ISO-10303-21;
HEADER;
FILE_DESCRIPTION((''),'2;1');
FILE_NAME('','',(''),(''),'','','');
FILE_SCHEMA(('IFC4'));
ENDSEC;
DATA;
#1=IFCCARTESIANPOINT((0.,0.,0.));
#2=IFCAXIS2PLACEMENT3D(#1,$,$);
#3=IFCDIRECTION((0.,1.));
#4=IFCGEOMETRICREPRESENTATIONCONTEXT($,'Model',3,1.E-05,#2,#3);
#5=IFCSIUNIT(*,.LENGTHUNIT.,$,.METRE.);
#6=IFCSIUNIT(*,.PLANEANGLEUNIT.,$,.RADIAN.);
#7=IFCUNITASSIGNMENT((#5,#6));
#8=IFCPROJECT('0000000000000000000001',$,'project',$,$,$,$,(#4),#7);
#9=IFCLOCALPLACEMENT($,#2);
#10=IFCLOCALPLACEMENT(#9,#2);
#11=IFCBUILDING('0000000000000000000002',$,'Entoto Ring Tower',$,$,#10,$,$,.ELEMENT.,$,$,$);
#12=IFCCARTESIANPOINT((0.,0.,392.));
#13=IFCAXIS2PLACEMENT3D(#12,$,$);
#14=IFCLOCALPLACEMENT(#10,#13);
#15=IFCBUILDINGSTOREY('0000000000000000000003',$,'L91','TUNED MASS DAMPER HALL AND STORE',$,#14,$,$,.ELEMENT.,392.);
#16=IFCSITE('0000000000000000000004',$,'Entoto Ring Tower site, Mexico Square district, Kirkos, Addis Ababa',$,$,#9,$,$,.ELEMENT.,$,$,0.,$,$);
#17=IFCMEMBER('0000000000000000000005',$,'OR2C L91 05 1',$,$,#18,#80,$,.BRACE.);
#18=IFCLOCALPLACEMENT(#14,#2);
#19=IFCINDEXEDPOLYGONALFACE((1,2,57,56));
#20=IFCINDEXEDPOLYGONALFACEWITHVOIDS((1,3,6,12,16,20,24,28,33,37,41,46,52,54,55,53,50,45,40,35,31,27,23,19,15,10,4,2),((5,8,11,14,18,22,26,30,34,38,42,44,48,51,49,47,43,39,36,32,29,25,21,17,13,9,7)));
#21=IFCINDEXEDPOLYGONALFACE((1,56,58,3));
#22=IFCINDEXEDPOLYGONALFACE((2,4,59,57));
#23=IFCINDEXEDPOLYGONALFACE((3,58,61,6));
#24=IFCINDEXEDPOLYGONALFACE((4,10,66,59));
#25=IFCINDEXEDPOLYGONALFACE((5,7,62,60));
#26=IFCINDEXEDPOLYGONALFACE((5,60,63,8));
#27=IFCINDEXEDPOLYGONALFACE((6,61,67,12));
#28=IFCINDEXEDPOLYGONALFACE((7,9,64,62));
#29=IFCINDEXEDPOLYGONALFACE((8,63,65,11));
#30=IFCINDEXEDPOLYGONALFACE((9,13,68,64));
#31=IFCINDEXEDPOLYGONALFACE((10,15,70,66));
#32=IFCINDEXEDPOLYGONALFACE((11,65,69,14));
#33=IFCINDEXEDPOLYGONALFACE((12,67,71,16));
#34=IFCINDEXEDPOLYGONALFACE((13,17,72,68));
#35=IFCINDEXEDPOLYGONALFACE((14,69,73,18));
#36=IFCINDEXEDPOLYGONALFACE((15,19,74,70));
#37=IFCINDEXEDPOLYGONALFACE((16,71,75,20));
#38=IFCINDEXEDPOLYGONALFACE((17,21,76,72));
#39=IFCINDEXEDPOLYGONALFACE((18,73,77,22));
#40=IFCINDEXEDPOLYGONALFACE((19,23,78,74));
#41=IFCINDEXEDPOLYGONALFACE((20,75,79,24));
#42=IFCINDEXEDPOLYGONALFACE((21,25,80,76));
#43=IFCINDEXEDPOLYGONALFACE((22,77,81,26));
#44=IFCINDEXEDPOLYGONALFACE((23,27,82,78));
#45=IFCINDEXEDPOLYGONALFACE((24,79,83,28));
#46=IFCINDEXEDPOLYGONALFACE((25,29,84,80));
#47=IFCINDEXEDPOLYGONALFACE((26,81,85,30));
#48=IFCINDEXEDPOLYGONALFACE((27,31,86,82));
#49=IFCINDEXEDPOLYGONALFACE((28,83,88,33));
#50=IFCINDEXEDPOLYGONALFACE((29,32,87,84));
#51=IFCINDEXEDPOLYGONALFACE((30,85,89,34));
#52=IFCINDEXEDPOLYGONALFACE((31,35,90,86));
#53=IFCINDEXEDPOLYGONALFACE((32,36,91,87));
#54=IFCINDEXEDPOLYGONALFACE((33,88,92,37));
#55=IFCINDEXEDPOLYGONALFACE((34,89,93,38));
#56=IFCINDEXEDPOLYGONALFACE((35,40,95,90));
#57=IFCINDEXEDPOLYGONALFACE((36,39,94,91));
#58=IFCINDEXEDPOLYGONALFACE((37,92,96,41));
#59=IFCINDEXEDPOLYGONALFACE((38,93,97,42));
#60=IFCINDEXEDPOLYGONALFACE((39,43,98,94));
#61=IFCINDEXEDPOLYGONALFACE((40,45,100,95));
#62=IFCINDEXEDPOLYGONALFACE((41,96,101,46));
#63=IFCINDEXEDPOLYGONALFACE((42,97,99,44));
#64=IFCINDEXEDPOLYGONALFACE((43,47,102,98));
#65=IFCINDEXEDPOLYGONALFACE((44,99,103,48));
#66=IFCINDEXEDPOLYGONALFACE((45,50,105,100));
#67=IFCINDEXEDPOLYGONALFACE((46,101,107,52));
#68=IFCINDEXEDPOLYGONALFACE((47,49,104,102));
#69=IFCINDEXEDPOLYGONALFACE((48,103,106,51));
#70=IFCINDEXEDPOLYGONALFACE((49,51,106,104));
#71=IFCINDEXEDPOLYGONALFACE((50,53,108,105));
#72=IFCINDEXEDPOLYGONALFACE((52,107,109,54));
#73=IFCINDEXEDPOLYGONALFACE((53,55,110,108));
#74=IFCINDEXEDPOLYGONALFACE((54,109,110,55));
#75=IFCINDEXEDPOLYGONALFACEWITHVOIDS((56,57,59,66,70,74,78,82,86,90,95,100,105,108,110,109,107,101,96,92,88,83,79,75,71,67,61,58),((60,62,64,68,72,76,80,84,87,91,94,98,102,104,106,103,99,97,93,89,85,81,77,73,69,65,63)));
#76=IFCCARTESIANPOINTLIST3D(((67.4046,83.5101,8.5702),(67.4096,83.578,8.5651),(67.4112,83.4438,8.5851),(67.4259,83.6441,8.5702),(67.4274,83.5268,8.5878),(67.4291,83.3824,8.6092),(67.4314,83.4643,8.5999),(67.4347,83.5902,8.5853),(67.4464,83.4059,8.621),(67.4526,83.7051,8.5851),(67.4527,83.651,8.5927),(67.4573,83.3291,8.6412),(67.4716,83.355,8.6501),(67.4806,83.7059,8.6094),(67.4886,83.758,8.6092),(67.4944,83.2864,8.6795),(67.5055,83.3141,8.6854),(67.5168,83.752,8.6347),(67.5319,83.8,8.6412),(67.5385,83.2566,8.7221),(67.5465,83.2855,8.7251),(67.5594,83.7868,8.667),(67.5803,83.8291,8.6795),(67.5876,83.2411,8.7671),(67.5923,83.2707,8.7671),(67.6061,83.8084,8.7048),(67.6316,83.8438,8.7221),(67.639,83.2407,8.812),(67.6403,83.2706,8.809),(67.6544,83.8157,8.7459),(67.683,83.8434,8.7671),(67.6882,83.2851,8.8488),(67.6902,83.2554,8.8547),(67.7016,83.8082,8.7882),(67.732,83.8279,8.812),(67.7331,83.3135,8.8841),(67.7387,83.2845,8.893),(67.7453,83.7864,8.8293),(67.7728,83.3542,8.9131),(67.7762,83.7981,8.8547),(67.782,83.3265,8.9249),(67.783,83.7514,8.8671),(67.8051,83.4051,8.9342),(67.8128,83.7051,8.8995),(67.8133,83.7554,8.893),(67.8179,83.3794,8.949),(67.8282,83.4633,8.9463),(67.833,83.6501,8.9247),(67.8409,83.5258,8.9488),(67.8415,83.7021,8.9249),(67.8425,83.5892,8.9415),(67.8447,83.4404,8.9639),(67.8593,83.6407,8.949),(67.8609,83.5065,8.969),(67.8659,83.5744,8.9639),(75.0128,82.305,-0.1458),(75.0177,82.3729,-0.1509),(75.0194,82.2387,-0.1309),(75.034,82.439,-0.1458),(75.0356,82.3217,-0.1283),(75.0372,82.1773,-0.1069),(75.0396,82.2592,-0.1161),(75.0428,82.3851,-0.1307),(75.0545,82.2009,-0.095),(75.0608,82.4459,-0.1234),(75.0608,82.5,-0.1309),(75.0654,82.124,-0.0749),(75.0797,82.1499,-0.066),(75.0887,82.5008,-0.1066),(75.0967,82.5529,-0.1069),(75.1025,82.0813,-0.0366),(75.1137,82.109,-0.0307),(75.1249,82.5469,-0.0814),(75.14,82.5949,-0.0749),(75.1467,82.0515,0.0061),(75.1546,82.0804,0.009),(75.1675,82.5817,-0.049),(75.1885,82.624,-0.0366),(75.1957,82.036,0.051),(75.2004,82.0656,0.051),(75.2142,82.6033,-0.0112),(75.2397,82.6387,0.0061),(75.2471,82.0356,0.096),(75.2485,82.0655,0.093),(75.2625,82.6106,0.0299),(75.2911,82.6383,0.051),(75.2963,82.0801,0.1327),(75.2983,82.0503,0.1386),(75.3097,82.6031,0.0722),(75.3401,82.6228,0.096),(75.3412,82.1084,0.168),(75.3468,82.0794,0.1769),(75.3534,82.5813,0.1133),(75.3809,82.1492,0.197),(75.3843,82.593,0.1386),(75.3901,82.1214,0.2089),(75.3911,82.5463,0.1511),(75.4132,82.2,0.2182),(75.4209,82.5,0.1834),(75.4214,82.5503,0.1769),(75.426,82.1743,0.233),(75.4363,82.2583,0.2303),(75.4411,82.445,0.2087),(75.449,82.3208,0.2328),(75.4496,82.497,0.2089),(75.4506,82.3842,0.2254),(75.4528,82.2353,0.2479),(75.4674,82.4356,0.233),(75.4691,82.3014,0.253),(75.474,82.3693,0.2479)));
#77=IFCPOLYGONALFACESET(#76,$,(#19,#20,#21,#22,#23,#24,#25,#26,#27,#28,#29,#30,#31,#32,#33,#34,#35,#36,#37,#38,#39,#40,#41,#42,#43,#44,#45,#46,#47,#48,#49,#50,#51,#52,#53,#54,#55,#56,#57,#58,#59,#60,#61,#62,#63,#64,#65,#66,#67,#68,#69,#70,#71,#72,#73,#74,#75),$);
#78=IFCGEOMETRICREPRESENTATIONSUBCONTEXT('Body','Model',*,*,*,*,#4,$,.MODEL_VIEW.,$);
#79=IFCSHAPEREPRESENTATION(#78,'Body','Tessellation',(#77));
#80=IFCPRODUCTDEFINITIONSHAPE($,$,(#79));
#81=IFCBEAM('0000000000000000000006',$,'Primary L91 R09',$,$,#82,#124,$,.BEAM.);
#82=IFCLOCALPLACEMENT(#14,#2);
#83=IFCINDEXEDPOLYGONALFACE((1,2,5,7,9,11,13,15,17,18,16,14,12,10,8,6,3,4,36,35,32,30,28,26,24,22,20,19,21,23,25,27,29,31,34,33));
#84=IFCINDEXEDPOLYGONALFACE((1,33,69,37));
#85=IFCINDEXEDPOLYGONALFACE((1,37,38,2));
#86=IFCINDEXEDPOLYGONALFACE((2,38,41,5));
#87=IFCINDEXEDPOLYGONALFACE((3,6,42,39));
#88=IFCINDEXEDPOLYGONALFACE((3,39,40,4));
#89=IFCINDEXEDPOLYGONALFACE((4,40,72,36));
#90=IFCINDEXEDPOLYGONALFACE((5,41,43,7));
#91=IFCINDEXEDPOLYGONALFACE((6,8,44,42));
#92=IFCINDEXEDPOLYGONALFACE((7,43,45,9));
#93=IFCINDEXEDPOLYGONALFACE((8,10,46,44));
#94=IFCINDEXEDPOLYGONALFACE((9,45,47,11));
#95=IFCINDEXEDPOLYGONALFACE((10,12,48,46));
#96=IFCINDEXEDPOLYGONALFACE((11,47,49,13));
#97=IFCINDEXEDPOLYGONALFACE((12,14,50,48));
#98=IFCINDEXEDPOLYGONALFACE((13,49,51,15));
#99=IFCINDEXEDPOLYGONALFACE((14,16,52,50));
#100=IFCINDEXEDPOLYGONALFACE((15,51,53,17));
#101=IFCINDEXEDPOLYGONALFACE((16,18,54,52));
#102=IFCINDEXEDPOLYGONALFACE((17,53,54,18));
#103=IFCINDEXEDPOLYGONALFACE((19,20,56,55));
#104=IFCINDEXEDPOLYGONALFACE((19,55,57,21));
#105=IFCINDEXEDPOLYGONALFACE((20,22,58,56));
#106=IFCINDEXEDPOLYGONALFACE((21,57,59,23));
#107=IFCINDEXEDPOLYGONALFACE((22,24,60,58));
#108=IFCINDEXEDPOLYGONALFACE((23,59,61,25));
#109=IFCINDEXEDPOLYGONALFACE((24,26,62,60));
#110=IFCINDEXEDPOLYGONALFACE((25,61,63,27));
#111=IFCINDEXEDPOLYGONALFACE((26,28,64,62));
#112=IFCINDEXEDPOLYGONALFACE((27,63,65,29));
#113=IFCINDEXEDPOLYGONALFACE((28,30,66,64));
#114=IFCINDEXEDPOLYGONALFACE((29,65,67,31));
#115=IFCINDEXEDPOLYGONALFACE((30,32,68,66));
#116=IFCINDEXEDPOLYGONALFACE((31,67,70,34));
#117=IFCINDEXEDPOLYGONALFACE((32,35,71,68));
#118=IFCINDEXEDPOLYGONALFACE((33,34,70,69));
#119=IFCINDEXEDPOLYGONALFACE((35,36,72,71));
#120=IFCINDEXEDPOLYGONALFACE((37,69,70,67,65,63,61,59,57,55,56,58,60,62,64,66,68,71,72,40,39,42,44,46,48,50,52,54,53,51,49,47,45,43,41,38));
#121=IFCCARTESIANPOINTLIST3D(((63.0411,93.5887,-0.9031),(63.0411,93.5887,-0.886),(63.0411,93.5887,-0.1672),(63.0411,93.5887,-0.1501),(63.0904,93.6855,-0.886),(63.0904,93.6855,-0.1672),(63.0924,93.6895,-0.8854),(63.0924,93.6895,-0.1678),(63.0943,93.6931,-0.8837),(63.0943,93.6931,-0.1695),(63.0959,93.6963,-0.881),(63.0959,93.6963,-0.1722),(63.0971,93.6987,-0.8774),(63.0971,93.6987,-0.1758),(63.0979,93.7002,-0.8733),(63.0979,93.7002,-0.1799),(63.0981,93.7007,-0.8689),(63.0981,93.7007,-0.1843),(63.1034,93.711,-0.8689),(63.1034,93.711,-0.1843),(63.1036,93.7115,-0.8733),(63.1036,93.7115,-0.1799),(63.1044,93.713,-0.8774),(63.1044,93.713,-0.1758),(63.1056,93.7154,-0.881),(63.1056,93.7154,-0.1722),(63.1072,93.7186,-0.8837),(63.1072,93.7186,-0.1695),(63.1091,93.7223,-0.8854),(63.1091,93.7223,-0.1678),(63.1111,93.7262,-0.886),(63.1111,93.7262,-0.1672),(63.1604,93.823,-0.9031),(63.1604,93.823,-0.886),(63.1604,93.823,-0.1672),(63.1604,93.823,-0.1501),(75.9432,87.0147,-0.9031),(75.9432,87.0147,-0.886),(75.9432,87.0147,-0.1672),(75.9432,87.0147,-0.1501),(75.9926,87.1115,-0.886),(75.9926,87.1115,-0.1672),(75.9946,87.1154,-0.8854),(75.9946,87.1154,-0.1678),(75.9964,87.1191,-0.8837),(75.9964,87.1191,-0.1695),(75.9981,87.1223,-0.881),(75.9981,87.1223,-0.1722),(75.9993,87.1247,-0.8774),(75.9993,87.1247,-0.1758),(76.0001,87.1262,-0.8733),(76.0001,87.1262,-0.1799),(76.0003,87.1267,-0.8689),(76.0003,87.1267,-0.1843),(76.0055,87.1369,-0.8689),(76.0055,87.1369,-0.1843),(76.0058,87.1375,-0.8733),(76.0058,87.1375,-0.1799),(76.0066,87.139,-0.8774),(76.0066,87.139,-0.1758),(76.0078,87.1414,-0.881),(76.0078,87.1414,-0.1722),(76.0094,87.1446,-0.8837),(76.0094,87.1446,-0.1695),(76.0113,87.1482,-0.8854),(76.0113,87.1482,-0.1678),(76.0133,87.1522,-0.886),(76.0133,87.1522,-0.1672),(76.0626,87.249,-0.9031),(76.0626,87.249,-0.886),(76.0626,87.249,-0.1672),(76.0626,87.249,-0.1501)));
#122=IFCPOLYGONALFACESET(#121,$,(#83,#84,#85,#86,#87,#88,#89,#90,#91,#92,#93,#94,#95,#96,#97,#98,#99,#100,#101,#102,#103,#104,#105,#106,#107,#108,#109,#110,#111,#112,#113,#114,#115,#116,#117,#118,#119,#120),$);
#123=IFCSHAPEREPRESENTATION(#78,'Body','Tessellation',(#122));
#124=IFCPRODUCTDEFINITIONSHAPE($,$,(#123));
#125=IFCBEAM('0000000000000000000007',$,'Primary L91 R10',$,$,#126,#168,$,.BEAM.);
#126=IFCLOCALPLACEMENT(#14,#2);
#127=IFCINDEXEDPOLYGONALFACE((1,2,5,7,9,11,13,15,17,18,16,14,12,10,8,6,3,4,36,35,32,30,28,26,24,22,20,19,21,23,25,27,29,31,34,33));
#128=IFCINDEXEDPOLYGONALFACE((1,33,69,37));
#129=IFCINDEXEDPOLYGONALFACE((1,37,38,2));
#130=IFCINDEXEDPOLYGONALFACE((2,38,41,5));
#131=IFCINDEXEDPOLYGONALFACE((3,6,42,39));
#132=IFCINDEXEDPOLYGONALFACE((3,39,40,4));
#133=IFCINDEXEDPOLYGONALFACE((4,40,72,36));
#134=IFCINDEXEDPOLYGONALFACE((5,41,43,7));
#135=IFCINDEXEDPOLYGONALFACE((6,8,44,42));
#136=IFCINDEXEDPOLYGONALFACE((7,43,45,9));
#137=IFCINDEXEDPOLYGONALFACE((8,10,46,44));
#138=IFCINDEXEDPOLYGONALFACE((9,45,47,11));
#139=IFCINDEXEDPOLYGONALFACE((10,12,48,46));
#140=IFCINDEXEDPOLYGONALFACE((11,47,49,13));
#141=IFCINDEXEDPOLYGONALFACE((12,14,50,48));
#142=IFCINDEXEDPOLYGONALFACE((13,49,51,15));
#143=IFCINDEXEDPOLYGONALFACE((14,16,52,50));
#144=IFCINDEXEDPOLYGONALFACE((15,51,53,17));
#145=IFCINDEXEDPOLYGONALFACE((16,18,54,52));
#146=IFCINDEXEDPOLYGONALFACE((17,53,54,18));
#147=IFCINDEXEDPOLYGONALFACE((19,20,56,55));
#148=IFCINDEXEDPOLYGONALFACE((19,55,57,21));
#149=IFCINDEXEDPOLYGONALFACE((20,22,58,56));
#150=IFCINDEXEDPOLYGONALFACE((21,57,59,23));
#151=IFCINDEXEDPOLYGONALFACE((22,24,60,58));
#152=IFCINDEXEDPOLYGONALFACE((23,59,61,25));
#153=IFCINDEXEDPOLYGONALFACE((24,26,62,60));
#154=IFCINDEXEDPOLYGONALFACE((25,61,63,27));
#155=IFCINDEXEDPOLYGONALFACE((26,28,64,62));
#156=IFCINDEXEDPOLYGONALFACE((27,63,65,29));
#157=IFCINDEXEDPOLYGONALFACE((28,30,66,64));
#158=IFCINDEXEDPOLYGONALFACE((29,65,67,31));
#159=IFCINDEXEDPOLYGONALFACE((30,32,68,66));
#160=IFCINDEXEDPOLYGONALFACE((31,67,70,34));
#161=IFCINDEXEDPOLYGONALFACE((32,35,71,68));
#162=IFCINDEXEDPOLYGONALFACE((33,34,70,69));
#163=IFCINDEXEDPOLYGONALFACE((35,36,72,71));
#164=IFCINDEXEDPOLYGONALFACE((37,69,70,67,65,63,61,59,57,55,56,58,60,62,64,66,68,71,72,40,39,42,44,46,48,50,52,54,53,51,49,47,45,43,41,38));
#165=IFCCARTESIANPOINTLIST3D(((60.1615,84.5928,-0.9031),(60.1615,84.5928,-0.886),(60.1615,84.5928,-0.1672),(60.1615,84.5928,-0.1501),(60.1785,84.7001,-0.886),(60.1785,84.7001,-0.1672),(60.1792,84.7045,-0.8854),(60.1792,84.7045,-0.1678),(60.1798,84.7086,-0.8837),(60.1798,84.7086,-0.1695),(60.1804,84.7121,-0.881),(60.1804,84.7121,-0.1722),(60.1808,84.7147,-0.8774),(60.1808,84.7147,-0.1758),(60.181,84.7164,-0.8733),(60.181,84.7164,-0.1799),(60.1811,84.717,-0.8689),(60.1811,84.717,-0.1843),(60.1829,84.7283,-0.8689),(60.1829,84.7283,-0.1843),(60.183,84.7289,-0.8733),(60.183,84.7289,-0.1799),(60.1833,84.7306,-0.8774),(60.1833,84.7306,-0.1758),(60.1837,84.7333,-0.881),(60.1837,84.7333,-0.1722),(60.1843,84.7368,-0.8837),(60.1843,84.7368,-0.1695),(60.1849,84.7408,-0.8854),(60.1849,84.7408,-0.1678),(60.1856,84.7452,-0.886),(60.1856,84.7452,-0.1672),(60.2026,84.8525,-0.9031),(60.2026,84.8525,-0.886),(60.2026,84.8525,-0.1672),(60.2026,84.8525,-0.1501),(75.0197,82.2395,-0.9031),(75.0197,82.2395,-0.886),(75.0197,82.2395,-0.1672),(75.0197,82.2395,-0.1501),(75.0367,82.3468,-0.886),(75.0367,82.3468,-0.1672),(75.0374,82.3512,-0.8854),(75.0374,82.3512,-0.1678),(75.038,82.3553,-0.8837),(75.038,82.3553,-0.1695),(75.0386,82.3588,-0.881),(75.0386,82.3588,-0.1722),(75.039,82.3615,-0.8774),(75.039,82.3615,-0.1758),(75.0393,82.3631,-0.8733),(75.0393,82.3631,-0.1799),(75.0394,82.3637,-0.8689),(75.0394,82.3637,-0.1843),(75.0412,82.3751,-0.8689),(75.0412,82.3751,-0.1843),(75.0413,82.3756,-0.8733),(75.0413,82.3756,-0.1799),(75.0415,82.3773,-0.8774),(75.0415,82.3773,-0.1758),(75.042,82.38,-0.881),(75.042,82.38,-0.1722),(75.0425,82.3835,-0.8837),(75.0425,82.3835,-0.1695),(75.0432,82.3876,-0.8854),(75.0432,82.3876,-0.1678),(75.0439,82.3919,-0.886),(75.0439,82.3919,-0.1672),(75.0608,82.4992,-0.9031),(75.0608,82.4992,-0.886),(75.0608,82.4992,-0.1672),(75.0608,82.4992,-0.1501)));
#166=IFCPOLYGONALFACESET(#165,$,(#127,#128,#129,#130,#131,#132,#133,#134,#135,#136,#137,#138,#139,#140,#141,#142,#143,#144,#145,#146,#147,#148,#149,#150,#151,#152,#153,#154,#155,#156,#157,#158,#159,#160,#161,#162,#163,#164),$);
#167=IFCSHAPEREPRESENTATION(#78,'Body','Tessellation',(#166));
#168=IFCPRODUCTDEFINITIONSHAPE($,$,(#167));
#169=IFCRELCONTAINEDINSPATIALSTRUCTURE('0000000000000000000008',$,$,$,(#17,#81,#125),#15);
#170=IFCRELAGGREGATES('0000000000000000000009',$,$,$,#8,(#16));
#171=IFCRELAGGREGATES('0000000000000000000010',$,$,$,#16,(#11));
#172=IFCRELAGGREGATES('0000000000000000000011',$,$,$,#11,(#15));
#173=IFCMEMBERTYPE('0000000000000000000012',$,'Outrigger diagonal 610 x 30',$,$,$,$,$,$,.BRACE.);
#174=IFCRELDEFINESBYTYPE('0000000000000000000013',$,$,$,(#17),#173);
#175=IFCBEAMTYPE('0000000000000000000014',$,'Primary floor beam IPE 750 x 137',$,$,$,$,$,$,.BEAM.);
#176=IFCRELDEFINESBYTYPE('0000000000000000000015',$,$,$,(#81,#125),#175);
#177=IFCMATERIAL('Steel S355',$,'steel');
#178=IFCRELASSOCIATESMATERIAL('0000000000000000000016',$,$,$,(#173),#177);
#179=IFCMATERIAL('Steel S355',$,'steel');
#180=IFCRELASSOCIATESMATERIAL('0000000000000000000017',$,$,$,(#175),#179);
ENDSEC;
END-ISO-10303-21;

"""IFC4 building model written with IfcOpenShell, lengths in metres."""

from ifc_helpers import new_model, si_unit, direction, frame, origin, origin_2d, place, context, subcontext, project, spatial, circle, hollow_circle, i_section, extrude, material, material_profile, profile_set, type_object, element, save


model = new_model("IFC4")

# Units and contexts
model_context = context("Model", 3, precision=1e-05, world=origin(), true_north=direction((0.0, 1.0)))
body_context = subcontext(model_context, "Body", "Model", "MODEL_VIEW")
ifc_project = project(units=[si_unit("LENGTHUNIT", "METRE"), si_unit("PLANEANGLEUNIT", "RADIAN")], contexts=[model_context])

# Site, building, storey
site_placement = place(None, origin())
site = spatial("IfcSite", under=ifc_project, at=site_placement, Name="Entoto Ring Tower site, Mexico Square district, Kirkos, Addis Ababa", CompositionType="ELEMENT", RefElevation=0.0)
building_placement = place(site_placement, origin())
building = spatial("IfcBuilding", under=site, at=building_placement, Name="Entoto Ring Tower", CompositionType="ELEMENT")
storey_placement = place(building_placement, frame((0.0, 0.0, 392.0)))
storey = spatial("IfcBuildingStorey", under=building, at=storey_placement, Name="L91", Description="TUNED MASS DAMPER HALL AND STORE", CompositionType="ELEMENT", Elevation=392.0)

# Member
ifc_material_1 = material(Name="Steel S355", Category="steel")
ifc_material_profile_1 = material_profile(ifc_material_1, hollow_circle(Radius=0.3049, WallThickness=0.03, at=origin_2d()), Name="CHS 610 x 30")
ifc_material_2 = material(Name="Concrete C60/75", Category="concrete")
ifc_material_profile_2 = material_profile(ifc_material_2, circle(Radius=0.2749, at=origin_2d()), Name="Concrete C60/75 infill")
ifc_profile_set_1 = profile_set([ifc_material_profile_1, ifc_material_profile_2], Name="Steel S355")
member_type_1 = type_object("IfcMemberType", Name="Outrigger diagonal 610 x 30", PredefinedType="BRACE", material=ifc_profile_set_1)
member_placement = place(storey_placement, frame((75.2434, 82.3372, 0.051), z_axis=(-0.654065, 0.103599, 0.749311), x_axis=(-0.156443, -0.987687, 0.0)))
element("IfcMember", 1, at=member_placement, inside=storey, type_object=member_type_1, Name="OR2C L91 05 1", PredefinedType="BRACE", context=body_context, shape_type="SweptSolid", body=[
    extrude(hollow_circle(Radius=0.3049, WallThickness=0.03, at=origin_2d()), origin(), (0.0, 0.0, 1.0), 11.6321),
])

# Beams
ifc_material_3 = material(Name="Steel S355", Category="steel")
ifc_material_profile_3 = material_profile(ifc_material_3, i_section(OverallWidth=0.2629, OverallDepth=0.7529, WebThickness=0.0115, FlangeThickness=0.0171, FilletRadius=0.0171, at=origin_2d()), Name="IPE 750 x 137")
ifc_profile_set_2 = profile_set([ifc_material_profile_3], Name="Steel S355")
beam_type_1 = type_object("IfcBeamType", Name="Primary floor beam IPE 750 x 137", PredefinedType="BEAM", material=ifc_profile_set_2)
beam_1_placement = place(storey_placement, frame((76.0029, 87.1318, -0.5266), z_axis=(-0.891006, 0.453992, 0.0), x_axis=(-0.453992, -0.891006, 0.0)))
element("IfcBeam", 2, at=beam_1_placement, inside=storey, type_object=beam_type_1, Name="Primary L91 R09", PredefinedType="BEAM", context=body_context, shape_type="SweptSolid", body=[
    extrude(i_section(OverallWidth=0.2629, OverallDepth=0.7529, WebThickness=0.0115, FlangeThickness=0.0171, FilletRadius=0.0171, at=origin_2d()), origin(), (0.0, 0.0, 1.0), 14.4805),
])
beam_2_placement = place(storey_placement, frame((75.0403, 82.3694, -0.5266), z_axis=(-0.987689, 0.156433, 0.0), x_axis=(-0.156433, -0.987689, 0.0)))
element("IfcBeam", 3, at=beam_2_placement, inside=storey, type_object=beam_type_1, Name="Primary L91 R10", PredefinedType="BEAM", context=body_context, shape_type="SweptSolid", body=[
    extrude(i_section(OverallWidth=0.2629, OverallDepth=0.7529, WebThickness=0.0115, FlangeThickness=0.0171, FilletRadius=0.0171, at=origin_2d()), origin(), (0.0, 0.0, 1.0), 15.0435),
])

save(model, "model.ifc")
